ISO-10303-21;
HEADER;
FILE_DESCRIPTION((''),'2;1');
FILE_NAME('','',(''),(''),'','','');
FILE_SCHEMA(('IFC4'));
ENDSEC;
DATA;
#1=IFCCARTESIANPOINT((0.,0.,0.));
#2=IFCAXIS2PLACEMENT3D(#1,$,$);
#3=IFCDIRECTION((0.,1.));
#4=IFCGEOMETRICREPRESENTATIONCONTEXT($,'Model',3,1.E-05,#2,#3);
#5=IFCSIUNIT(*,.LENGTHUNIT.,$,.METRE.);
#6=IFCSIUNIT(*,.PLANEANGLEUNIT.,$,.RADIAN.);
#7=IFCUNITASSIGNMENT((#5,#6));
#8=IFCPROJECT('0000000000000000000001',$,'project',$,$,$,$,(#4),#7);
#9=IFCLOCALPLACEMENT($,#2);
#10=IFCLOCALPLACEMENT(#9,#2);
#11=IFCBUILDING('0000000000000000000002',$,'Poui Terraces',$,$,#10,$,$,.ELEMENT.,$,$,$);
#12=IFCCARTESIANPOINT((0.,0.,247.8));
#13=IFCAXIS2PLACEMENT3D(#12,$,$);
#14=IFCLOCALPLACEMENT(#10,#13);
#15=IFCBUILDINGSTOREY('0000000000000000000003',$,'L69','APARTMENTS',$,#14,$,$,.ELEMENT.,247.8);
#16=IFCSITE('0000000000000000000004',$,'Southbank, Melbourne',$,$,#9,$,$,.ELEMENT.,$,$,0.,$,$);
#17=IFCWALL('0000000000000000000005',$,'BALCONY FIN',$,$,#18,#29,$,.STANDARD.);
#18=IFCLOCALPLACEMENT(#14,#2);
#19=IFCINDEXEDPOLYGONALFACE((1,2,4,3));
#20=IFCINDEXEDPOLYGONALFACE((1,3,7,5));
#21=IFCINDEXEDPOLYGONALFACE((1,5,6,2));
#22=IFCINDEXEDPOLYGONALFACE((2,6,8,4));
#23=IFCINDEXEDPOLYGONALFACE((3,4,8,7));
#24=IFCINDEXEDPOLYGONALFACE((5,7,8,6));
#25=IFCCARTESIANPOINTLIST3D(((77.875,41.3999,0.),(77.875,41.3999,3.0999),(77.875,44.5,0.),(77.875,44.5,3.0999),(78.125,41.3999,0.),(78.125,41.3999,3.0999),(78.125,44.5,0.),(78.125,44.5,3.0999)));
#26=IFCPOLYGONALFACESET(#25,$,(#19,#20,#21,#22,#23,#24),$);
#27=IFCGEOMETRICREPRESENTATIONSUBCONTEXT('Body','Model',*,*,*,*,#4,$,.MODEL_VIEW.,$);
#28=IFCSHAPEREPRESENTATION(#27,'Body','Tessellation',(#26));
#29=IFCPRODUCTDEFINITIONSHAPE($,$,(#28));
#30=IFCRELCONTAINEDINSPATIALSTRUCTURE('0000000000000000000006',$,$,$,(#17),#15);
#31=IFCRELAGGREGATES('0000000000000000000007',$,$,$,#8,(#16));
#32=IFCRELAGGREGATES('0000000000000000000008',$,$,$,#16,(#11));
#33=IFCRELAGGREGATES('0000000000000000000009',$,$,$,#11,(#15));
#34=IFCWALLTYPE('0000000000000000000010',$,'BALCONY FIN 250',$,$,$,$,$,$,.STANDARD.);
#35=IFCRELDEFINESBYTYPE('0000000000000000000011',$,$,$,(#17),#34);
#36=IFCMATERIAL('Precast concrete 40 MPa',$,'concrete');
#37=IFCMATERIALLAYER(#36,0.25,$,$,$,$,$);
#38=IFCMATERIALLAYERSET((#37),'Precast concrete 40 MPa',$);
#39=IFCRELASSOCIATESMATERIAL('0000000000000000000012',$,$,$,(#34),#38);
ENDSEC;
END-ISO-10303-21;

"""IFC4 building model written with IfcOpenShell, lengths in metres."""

from ifc_helpers import new_model, si_unit, direction, frame, origin, place, context, subcontext, project, spatial, polyline, outline, extrude, source, transform, mapped, material, layer, layer_set, type_object, element, save


model = new_model("IFC4")

# Units and contexts
model_context = context("Model", 3, precision=1e-05, world=origin(), true_north=direction((0.0, 1.0)))
body_context = subcontext(model_context, "Body", "Model", "MODEL_VIEW")
ifc_project = project(units=[si_unit("LENGTHUNIT", "METRE"), si_unit("PLANEANGLEUNIT", "RADIAN")], contexts=[model_context])

# Site, building, storey
site_placement = place(None, origin())
site = spatial("IfcSite", under=ifc_project, at=site_placement, Name="Southbank, Melbourne", CompositionType="ELEMENT", RefElevation=0.0)
building_placement = place(site_placement, origin())
building = spatial("IfcBuilding", under=site, at=building_placement, Name="Poui Terraces", CompositionType="ELEMENT")
storey_placement = place(building_placement, frame((0.0, 0.0, 247.8)))
storey = spatial("IfcBuildingStorey", under=building, at=storey_placement, Name="L69", Description="APARTMENTS", CompositionType="ELEMENT", Elevation=247.8)

# Shared definitions
ifc_material_1 = material(Name="Precast concrete 40 MPa", Category="concrete")

# Wall
ifc_layer_1 = layer(ifc_material_1, 0.25)
ifc_layer_set_1 = layer_set([ifc_layer_1], Name="Precast concrete 40 MPa")
wall_type_1 = type_object("IfcWallType", Name="BALCONY FIN 250", PredefinedType="STANDARD", material=ifc_layer_set_1)
shared_shape_1 = source(origin(), body_context, "Body", "SweptSolid", [
    extrude(outline(polyline([(0.0, 0.0), (0.25, 0.0), (0.25, 3.1001), (0.0, 3.1001), (0.0, 0.0)])), origin(), (0.0, 0.0, 1.0), 3.0999),
])
wall_1_placement = place(storey_placement, frame((77.875, 41.3999, 0.0)))
element("IfcWall", 1, at=wall_1_placement, inside=storey, type_object=wall_type_1, Name="BALCONY FIN", PredefinedType="STANDARD", context=body_context, shape_type="MappedRepresentation", body=[
    mapped(shared_shape_1, transform((0.0, 0.0, 0.0))),
])

save(model, "model.ifc")
